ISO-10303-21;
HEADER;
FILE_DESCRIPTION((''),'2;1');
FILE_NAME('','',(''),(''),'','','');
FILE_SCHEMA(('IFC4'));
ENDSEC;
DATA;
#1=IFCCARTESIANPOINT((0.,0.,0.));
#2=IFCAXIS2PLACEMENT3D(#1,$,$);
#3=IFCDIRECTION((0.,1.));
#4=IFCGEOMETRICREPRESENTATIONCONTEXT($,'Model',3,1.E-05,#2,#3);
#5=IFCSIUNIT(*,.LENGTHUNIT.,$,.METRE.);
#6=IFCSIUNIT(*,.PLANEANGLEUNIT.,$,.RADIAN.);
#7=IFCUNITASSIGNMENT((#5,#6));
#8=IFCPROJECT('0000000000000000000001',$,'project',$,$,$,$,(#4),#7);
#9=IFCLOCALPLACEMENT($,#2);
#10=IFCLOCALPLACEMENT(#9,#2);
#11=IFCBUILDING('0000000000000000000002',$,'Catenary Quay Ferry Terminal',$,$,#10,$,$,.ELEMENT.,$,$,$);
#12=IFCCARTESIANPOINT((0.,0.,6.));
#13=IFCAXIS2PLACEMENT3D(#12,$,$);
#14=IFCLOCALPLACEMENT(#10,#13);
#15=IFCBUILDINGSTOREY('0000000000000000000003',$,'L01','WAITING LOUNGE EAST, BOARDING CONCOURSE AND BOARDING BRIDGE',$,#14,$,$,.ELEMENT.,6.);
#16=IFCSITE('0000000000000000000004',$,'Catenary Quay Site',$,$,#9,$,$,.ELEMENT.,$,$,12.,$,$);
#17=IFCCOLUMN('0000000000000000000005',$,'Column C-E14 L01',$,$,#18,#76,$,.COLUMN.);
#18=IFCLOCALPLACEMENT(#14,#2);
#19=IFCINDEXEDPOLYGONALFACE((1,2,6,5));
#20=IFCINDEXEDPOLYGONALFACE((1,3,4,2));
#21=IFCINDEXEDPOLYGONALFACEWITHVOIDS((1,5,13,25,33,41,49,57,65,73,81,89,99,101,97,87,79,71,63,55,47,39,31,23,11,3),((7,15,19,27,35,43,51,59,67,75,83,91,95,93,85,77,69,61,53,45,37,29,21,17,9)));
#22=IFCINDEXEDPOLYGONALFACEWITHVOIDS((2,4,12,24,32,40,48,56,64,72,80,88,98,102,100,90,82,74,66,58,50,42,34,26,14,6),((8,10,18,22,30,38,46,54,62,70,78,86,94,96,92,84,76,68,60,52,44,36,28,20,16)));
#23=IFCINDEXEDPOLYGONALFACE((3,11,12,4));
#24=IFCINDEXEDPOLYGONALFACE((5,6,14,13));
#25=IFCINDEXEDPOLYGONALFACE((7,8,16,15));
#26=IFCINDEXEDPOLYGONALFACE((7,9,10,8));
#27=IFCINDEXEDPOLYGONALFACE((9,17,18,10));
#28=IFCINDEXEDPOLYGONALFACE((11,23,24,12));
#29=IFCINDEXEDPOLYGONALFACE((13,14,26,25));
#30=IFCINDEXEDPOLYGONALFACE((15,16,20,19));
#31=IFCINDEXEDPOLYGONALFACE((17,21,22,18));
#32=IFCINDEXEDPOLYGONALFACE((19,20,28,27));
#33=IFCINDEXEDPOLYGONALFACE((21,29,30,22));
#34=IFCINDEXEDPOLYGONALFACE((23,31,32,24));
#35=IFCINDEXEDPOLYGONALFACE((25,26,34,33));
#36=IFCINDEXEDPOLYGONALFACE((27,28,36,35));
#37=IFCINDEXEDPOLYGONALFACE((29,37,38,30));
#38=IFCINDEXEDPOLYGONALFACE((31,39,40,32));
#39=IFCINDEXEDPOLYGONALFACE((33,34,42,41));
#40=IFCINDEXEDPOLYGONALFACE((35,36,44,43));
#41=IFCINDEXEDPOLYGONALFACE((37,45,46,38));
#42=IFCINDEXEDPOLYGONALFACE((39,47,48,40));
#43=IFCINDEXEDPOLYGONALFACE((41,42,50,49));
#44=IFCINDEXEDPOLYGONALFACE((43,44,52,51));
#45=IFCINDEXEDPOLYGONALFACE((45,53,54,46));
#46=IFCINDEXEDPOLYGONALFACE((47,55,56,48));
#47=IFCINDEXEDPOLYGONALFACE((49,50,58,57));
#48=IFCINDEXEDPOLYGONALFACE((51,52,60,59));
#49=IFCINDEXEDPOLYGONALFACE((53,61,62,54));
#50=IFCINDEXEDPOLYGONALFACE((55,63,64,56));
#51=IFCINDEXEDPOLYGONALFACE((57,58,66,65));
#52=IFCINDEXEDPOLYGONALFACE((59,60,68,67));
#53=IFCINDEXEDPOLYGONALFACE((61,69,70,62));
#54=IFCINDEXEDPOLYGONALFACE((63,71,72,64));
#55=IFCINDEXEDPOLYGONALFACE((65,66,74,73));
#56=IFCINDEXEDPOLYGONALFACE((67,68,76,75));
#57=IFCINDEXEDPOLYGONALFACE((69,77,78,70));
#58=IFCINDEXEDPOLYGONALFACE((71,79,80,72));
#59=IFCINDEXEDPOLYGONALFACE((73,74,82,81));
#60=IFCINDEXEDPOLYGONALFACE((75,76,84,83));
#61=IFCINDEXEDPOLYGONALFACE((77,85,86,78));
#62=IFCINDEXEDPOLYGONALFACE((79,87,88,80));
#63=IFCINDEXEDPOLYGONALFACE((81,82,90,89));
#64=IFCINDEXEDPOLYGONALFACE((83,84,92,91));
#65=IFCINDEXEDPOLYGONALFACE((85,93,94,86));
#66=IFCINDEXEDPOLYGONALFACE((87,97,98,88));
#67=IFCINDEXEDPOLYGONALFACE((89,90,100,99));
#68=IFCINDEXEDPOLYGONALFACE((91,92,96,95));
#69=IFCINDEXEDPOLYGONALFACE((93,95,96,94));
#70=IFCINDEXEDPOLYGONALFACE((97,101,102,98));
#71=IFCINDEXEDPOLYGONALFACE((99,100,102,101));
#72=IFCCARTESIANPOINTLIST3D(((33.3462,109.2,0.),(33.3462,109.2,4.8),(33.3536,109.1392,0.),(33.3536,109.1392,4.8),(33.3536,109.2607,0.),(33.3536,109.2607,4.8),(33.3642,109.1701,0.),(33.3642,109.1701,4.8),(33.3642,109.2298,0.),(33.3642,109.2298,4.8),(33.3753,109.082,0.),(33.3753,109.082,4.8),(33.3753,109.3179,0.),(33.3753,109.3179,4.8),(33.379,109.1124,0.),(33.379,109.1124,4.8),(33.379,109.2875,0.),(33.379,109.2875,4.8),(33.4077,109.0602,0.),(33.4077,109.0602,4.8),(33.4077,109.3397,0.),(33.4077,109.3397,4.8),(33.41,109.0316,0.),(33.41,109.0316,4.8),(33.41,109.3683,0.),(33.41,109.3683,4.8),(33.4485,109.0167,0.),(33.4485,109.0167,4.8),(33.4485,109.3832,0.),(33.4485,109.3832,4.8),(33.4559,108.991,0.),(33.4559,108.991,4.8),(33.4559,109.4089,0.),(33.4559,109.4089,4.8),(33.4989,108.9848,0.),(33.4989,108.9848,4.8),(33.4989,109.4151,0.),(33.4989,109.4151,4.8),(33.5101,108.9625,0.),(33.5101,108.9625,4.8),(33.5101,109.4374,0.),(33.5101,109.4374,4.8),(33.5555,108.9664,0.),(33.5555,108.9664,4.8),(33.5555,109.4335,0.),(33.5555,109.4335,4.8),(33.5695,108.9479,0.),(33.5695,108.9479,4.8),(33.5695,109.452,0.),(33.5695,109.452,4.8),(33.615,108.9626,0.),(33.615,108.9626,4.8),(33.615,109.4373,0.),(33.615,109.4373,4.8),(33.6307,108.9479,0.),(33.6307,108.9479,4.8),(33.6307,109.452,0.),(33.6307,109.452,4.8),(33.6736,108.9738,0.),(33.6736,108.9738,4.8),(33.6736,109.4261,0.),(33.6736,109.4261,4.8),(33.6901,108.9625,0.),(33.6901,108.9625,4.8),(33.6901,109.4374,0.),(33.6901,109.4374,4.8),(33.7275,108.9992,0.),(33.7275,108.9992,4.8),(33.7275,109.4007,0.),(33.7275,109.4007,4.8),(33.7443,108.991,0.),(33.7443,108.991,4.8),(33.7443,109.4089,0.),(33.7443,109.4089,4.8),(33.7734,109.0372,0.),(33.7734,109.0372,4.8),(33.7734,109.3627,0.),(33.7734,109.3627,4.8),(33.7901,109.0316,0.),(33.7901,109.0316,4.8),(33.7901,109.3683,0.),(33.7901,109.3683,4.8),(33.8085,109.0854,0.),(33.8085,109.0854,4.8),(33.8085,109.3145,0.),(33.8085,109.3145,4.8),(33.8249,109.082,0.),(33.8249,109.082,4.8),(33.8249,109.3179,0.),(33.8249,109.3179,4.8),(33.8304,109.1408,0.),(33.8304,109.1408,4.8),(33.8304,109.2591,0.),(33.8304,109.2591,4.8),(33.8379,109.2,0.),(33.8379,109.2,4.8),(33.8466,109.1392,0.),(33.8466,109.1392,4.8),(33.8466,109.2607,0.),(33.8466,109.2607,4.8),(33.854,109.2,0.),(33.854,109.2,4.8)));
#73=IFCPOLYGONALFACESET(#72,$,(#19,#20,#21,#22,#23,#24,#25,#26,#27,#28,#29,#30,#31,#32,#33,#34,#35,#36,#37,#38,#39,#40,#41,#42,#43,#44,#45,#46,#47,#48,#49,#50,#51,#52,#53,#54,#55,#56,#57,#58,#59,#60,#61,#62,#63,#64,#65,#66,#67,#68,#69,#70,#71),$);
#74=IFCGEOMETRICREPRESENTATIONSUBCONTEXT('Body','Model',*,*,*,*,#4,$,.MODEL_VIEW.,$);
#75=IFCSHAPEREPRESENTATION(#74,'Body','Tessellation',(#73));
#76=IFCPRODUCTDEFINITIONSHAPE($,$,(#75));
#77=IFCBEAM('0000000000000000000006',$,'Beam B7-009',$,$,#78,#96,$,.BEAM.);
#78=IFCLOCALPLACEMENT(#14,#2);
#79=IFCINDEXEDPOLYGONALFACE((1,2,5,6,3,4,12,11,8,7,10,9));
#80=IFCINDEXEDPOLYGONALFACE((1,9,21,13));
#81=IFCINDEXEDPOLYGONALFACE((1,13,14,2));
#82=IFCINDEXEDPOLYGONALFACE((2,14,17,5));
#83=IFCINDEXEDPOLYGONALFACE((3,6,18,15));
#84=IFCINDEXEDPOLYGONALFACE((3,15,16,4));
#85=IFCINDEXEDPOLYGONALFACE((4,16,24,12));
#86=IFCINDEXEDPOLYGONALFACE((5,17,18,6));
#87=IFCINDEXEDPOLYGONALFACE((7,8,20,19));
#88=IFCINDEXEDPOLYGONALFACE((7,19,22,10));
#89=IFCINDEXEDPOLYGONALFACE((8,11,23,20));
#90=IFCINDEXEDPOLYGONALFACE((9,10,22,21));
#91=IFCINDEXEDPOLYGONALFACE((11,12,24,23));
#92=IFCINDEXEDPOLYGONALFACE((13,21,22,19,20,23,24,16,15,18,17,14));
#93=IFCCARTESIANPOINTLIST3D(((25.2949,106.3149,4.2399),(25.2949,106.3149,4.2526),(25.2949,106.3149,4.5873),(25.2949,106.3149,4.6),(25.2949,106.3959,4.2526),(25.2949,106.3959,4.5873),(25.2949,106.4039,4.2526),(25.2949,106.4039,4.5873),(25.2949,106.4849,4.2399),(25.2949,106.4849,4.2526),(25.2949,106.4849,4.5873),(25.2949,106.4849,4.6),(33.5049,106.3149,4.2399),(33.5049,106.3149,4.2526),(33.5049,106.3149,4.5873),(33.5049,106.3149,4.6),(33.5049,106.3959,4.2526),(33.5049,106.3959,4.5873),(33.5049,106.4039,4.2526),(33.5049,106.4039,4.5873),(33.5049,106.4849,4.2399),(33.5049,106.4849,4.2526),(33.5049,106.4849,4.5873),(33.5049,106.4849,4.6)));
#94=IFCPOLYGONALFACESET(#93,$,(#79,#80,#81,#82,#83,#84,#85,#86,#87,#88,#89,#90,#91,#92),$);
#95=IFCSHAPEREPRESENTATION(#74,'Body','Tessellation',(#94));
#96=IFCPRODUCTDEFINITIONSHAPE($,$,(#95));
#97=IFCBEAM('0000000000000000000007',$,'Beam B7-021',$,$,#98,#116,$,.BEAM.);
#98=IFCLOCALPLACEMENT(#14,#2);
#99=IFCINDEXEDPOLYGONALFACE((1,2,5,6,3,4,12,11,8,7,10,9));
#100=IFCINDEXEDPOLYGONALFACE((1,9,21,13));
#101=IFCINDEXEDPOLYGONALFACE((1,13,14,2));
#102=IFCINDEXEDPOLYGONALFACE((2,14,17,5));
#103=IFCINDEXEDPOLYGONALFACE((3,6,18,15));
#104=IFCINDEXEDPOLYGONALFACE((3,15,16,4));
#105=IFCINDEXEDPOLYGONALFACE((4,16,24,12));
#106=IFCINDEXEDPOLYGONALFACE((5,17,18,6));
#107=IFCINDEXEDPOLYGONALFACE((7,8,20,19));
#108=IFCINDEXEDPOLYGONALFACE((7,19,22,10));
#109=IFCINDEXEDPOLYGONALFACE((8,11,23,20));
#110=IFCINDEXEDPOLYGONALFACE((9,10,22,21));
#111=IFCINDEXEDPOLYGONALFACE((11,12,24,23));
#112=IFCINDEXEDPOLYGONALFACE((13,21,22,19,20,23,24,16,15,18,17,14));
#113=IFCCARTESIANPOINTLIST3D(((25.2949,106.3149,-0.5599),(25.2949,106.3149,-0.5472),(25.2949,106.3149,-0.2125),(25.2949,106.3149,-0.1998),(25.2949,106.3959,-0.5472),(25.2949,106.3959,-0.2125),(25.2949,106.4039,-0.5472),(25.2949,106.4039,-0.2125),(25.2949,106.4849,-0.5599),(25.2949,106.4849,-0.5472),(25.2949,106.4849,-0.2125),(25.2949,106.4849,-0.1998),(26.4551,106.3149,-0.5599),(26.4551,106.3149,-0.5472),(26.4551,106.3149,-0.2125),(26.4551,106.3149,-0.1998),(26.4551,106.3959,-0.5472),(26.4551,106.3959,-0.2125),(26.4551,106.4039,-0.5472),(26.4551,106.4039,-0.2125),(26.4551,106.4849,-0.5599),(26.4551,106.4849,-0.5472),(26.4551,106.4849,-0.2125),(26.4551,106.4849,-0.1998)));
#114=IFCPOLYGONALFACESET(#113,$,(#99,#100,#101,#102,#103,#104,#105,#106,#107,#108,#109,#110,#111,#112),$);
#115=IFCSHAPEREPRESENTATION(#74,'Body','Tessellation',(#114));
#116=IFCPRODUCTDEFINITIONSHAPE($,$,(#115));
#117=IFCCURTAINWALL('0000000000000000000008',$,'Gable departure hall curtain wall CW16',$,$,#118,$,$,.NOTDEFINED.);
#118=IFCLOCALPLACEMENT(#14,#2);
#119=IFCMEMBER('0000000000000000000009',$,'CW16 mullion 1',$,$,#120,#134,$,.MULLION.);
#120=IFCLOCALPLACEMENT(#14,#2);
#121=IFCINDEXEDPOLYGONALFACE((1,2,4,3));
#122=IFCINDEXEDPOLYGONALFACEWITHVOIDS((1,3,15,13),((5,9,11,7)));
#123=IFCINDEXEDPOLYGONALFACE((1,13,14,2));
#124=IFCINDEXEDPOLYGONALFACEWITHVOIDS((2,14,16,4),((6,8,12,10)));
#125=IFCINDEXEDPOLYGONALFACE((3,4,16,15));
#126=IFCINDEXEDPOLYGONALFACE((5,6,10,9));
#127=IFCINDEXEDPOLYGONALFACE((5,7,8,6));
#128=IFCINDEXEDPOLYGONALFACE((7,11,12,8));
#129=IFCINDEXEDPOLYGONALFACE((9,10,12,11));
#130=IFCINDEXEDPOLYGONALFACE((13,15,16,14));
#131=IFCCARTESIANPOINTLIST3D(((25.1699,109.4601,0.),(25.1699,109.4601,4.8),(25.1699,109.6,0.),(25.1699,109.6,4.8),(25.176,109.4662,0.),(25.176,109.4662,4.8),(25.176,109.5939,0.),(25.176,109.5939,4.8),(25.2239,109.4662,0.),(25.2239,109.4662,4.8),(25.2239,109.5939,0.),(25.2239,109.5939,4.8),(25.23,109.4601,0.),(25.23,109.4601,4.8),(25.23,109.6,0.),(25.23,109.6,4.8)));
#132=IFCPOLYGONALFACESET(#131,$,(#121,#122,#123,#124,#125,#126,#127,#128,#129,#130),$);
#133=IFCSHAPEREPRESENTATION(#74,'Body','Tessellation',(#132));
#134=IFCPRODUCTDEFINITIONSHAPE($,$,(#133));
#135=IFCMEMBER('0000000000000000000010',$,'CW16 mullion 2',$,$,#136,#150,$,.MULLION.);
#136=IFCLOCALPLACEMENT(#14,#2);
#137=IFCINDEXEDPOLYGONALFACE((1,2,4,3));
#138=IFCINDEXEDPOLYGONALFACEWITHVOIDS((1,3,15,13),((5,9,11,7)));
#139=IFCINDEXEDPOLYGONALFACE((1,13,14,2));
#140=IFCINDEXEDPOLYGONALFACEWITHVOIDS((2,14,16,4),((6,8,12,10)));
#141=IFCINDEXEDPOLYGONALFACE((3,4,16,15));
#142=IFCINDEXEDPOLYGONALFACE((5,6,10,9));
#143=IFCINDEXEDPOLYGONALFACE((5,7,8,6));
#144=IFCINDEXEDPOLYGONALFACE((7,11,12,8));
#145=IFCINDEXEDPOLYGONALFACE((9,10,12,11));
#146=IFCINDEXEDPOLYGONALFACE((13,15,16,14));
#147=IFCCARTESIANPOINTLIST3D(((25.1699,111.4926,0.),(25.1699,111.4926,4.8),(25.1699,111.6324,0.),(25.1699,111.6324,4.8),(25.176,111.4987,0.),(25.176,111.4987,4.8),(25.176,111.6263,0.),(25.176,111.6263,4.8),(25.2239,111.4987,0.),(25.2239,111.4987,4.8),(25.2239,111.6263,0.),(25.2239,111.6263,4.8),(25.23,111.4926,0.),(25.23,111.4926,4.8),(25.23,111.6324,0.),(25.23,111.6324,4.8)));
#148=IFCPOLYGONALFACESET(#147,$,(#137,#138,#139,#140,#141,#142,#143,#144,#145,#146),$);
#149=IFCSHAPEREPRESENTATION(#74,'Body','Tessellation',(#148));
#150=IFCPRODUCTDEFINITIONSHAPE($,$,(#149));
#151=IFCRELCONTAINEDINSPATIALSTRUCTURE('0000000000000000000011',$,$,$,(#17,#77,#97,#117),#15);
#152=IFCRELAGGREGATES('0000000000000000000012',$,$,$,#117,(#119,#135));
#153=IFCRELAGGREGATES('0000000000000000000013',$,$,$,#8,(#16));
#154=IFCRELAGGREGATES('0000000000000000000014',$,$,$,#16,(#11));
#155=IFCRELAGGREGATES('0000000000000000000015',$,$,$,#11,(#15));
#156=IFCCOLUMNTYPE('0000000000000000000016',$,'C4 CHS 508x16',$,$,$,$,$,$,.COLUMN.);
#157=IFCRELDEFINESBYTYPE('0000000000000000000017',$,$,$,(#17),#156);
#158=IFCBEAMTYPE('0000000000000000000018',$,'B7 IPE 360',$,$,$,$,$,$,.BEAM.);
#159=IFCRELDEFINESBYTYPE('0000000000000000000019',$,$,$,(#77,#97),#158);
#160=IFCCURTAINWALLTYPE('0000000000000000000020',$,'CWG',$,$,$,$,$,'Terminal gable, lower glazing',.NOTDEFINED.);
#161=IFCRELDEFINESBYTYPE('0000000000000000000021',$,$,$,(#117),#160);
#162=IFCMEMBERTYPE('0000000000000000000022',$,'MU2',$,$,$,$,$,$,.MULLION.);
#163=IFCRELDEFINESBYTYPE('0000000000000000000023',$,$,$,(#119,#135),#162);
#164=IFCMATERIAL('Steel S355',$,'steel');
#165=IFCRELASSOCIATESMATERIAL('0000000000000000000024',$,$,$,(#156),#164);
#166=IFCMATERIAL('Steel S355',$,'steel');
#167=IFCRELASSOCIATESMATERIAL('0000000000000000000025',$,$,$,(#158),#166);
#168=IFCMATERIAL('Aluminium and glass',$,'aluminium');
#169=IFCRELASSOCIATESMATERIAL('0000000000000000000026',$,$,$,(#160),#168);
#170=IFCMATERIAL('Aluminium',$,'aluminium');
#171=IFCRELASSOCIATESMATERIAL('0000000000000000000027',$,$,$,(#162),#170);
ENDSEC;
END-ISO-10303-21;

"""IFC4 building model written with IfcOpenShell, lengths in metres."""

from ifc_helpers import new_model, si_unit, direction, frame, origin, origin_2d, place, context, subcontext, project, spatial, hollow_rectangle, hollow_circle, i_section, extrude, material, material_profile, profile_set, type_object, element, aggregate, save


model = new_model("IFC4")

# Units and contexts
model_context = context("Model", 3, precision=1e-05, world=origin(), true_north=direction((0.0, 1.0)))
body_context = subcontext(model_context, "Body", "Model", "MODEL_VIEW")
ifc_project = project(units=[si_unit("LENGTHUNIT", "METRE"), si_unit("PLANEANGLEUNIT", "RADIAN")], contexts=[model_context])

# Site, building, storey
site_placement = place(None, origin())
site = spatial("IfcSite", under=ifc_project, at=site_placement, Name="Catenary Quay Site", CompositionType="ELEMENT", RefElevation=12.0)
building_placement = place(site_placement, origin())
building = spatial("IfcBuilding", under=site, at=building_placement, Name="Catenary Quay Ferry Terminal", CompositionType="ELEMENT")
storey_placement = place(building_placement, frame((0.0, 0.0, 6.0)))
storey = spatial("IfcBuildingStorey", under=building, at=storey_placement, Name="L01", Description="WAITING LOUNGE EAST, BOARDING CONCOURSE AND BOARDING BRIDGE", CompositionType="ELEMENT", Elevation=6.0)

# Column
ifc_material_1 = material(Name="Steel S355", Category="steel")
ifc_material_profile_1 = material_profile(ifc_material_1, hollow_circle(Radius=0.2539, WallThickness=0.0161, at=origin_2d()), Name="CHS 508x16")
ifc_profile_set_1 = profile_set([ifc_material_profile_1], Name="Steel S355")
column_type = type_object("IfcColumnType", Name="C4 CHS 508x16", PredefinedType="COLUMN", material=ifc_profile_set_1)
column_placement = place(storey_placement, frame((33.6001, 109.2, 0.0), z_axis=(0.0, 0.0, 1.0), x_axis=(1.0, 0.0, 0.0)))
element("IfcColumn", 1, at=column_placement, inside=storey, type_object=column_type, Name="Column C-E14 L01", PredefinedType="COLUMN", context=body_context, shape_type="SweptSolid", body=[
    extrude(hollow_circle(Radius=0.2539, WallThickness=0.0161, at=origin_2d()), origin(), (0.0, 0.0, 1.0), 4.8),
])

# Beams
ifc_material_2 = material(Name="Steel S355", Category="steel")
ifc_material_profile_2 = material_profile(ifc_material_2, i_section(OverallWidth=0.1699, OverallDepth=0.3601, WebThickness=0.0081, FlangeThickness=0.0127, at=origin_2d()), Name="IPE 360")
ifc_profile_set_2 = profile_set([ifc_material_profile_2], Name="Steel S355")
beam_type_1 = type_object("IfcBeamType", Name="B7 IPE 360", PredefinedType="BEAM", material=ifc_profile_set_2)
beam_1_placement = place(storey_placement, frame((25.2949, 106.3999, 4.4199), z_axis=(1.0, 0.0, 0.0), x_axis=(0.0, 1.0, 0.0)))
element("IfcBeam", 2, at=beam_1_placement, inside=storey, type_object=beam_type_1, Name="Beam B7-009", PredefinedType="BEAM", context=body_context, shape_type="SweptSolid", body=[
    extrude(i_section(OverallWidth=0.1699, OverallDepth=0.3601, WebThickness=0.0081, FlangeThickness=0.0127, at=origin_2d()), origin(), (0.0, 0.0, 1.0), 8.21),
])
beam_2_placement = place(storey_placement, frame((25.2949, 106.3999, -0.3799), z_axis=(1.0, 0.0, 0.0), x_axis=(0.0, 1.0, 0.0)))
element("IfcBeam", 3, at=beam_2_placement, inside=storey, type_object=beam_type_1, Name="Beam B7-021", PredefinedType="BEAM", context=body_context, shape_type="SweptSolid", body=[
    extrude(i_section(OverallWidth=0.1699, OverallDepth=0.3601, WebThickness=0.0081, FlangeThickness=0.0127, at=origin_2d()), origin(), (0.0, 0.0, 1.0), 1.1602),
])

# Curtain wall, members
ifc_material_3 = material(Name="Aluminium and glass", Category="aluminium")
curtain_wall_type = type_object("IfcCurtainWallType", Name="CWG", ElementType="Terminal gable, lower glazing", PredefinedType="NOTDEFINED", material=ifc_material_3)
curtain_wall_placement = place(storey_placement, origin())
curtain_wall = element("IfcCurtainWall", 4, at=curtain_wall_placement, inside=storey, type_object=curtain_wall_type, Name="Gable departure hall curtain wall CW16", PredefinedType="NOTDEFINED")
ifc_material_4 = material(Name="Aluminium", Category="aluminium")
ifc_material_profile_3 = material_profile(ifc_material_4, hollow_rectangle(XDim=0.0601, YDim=0.1399, WallThickness=0.0061, at=origin_2d()), Name="MU2")
ifc_profile_set_3 = profile_set([ifc_material_profile_3], Name="Aluminium")
member_type_1 = type_object("IfcMemberType", Name="MU2", PredefinedType="MULLION", material=ifc_profile_set_3)
member_1_placement = place(storey_placement, frame((25.2, 109.53, 0.0), z_axis=(0.0, 0.0, 1.0), x_axis=(-1.0, 0.0, 0.0)))
member_1 = element("IfcMember", 5, at=member_1_placement, type_object=member_type_1, Name="CW16 mullion 1", PredefinedType="MULLION", context=body_context, shape_type="SweptSolid", body=[
    extrude(hollow_rectangle(XDim=0.0601, YDim=0.1399, WallThickness=0.0061, at=origin_2d()), origin(), (0.0, 0.0, 1.0), 4.8),
])
member_2_placement = place(storey_placement, frame((25.2, 111.5625, 0.0), z_axis=(0.0, 0.0, 1.0), x_axis=(-1.0, 0.0, 0.0)))
member_2 = element("IfcMember", 6, at=member_2_placement, type_object=member_type_1, Name="CW16 mullion 2", PredefinedType="MULLION", context=body_context, shape_type="SweptSolid", body=[
    extrude(hollow_rectangle(XDim=0.0601, YDim=0.1399, WallThickness=0.0061, at=origin_2d()), origin(), (0.0, 0.0, 1.0), 4.8),
])

aggregate(curtain_wall, [member_1, member_2])

save(model, "model.ifc")
